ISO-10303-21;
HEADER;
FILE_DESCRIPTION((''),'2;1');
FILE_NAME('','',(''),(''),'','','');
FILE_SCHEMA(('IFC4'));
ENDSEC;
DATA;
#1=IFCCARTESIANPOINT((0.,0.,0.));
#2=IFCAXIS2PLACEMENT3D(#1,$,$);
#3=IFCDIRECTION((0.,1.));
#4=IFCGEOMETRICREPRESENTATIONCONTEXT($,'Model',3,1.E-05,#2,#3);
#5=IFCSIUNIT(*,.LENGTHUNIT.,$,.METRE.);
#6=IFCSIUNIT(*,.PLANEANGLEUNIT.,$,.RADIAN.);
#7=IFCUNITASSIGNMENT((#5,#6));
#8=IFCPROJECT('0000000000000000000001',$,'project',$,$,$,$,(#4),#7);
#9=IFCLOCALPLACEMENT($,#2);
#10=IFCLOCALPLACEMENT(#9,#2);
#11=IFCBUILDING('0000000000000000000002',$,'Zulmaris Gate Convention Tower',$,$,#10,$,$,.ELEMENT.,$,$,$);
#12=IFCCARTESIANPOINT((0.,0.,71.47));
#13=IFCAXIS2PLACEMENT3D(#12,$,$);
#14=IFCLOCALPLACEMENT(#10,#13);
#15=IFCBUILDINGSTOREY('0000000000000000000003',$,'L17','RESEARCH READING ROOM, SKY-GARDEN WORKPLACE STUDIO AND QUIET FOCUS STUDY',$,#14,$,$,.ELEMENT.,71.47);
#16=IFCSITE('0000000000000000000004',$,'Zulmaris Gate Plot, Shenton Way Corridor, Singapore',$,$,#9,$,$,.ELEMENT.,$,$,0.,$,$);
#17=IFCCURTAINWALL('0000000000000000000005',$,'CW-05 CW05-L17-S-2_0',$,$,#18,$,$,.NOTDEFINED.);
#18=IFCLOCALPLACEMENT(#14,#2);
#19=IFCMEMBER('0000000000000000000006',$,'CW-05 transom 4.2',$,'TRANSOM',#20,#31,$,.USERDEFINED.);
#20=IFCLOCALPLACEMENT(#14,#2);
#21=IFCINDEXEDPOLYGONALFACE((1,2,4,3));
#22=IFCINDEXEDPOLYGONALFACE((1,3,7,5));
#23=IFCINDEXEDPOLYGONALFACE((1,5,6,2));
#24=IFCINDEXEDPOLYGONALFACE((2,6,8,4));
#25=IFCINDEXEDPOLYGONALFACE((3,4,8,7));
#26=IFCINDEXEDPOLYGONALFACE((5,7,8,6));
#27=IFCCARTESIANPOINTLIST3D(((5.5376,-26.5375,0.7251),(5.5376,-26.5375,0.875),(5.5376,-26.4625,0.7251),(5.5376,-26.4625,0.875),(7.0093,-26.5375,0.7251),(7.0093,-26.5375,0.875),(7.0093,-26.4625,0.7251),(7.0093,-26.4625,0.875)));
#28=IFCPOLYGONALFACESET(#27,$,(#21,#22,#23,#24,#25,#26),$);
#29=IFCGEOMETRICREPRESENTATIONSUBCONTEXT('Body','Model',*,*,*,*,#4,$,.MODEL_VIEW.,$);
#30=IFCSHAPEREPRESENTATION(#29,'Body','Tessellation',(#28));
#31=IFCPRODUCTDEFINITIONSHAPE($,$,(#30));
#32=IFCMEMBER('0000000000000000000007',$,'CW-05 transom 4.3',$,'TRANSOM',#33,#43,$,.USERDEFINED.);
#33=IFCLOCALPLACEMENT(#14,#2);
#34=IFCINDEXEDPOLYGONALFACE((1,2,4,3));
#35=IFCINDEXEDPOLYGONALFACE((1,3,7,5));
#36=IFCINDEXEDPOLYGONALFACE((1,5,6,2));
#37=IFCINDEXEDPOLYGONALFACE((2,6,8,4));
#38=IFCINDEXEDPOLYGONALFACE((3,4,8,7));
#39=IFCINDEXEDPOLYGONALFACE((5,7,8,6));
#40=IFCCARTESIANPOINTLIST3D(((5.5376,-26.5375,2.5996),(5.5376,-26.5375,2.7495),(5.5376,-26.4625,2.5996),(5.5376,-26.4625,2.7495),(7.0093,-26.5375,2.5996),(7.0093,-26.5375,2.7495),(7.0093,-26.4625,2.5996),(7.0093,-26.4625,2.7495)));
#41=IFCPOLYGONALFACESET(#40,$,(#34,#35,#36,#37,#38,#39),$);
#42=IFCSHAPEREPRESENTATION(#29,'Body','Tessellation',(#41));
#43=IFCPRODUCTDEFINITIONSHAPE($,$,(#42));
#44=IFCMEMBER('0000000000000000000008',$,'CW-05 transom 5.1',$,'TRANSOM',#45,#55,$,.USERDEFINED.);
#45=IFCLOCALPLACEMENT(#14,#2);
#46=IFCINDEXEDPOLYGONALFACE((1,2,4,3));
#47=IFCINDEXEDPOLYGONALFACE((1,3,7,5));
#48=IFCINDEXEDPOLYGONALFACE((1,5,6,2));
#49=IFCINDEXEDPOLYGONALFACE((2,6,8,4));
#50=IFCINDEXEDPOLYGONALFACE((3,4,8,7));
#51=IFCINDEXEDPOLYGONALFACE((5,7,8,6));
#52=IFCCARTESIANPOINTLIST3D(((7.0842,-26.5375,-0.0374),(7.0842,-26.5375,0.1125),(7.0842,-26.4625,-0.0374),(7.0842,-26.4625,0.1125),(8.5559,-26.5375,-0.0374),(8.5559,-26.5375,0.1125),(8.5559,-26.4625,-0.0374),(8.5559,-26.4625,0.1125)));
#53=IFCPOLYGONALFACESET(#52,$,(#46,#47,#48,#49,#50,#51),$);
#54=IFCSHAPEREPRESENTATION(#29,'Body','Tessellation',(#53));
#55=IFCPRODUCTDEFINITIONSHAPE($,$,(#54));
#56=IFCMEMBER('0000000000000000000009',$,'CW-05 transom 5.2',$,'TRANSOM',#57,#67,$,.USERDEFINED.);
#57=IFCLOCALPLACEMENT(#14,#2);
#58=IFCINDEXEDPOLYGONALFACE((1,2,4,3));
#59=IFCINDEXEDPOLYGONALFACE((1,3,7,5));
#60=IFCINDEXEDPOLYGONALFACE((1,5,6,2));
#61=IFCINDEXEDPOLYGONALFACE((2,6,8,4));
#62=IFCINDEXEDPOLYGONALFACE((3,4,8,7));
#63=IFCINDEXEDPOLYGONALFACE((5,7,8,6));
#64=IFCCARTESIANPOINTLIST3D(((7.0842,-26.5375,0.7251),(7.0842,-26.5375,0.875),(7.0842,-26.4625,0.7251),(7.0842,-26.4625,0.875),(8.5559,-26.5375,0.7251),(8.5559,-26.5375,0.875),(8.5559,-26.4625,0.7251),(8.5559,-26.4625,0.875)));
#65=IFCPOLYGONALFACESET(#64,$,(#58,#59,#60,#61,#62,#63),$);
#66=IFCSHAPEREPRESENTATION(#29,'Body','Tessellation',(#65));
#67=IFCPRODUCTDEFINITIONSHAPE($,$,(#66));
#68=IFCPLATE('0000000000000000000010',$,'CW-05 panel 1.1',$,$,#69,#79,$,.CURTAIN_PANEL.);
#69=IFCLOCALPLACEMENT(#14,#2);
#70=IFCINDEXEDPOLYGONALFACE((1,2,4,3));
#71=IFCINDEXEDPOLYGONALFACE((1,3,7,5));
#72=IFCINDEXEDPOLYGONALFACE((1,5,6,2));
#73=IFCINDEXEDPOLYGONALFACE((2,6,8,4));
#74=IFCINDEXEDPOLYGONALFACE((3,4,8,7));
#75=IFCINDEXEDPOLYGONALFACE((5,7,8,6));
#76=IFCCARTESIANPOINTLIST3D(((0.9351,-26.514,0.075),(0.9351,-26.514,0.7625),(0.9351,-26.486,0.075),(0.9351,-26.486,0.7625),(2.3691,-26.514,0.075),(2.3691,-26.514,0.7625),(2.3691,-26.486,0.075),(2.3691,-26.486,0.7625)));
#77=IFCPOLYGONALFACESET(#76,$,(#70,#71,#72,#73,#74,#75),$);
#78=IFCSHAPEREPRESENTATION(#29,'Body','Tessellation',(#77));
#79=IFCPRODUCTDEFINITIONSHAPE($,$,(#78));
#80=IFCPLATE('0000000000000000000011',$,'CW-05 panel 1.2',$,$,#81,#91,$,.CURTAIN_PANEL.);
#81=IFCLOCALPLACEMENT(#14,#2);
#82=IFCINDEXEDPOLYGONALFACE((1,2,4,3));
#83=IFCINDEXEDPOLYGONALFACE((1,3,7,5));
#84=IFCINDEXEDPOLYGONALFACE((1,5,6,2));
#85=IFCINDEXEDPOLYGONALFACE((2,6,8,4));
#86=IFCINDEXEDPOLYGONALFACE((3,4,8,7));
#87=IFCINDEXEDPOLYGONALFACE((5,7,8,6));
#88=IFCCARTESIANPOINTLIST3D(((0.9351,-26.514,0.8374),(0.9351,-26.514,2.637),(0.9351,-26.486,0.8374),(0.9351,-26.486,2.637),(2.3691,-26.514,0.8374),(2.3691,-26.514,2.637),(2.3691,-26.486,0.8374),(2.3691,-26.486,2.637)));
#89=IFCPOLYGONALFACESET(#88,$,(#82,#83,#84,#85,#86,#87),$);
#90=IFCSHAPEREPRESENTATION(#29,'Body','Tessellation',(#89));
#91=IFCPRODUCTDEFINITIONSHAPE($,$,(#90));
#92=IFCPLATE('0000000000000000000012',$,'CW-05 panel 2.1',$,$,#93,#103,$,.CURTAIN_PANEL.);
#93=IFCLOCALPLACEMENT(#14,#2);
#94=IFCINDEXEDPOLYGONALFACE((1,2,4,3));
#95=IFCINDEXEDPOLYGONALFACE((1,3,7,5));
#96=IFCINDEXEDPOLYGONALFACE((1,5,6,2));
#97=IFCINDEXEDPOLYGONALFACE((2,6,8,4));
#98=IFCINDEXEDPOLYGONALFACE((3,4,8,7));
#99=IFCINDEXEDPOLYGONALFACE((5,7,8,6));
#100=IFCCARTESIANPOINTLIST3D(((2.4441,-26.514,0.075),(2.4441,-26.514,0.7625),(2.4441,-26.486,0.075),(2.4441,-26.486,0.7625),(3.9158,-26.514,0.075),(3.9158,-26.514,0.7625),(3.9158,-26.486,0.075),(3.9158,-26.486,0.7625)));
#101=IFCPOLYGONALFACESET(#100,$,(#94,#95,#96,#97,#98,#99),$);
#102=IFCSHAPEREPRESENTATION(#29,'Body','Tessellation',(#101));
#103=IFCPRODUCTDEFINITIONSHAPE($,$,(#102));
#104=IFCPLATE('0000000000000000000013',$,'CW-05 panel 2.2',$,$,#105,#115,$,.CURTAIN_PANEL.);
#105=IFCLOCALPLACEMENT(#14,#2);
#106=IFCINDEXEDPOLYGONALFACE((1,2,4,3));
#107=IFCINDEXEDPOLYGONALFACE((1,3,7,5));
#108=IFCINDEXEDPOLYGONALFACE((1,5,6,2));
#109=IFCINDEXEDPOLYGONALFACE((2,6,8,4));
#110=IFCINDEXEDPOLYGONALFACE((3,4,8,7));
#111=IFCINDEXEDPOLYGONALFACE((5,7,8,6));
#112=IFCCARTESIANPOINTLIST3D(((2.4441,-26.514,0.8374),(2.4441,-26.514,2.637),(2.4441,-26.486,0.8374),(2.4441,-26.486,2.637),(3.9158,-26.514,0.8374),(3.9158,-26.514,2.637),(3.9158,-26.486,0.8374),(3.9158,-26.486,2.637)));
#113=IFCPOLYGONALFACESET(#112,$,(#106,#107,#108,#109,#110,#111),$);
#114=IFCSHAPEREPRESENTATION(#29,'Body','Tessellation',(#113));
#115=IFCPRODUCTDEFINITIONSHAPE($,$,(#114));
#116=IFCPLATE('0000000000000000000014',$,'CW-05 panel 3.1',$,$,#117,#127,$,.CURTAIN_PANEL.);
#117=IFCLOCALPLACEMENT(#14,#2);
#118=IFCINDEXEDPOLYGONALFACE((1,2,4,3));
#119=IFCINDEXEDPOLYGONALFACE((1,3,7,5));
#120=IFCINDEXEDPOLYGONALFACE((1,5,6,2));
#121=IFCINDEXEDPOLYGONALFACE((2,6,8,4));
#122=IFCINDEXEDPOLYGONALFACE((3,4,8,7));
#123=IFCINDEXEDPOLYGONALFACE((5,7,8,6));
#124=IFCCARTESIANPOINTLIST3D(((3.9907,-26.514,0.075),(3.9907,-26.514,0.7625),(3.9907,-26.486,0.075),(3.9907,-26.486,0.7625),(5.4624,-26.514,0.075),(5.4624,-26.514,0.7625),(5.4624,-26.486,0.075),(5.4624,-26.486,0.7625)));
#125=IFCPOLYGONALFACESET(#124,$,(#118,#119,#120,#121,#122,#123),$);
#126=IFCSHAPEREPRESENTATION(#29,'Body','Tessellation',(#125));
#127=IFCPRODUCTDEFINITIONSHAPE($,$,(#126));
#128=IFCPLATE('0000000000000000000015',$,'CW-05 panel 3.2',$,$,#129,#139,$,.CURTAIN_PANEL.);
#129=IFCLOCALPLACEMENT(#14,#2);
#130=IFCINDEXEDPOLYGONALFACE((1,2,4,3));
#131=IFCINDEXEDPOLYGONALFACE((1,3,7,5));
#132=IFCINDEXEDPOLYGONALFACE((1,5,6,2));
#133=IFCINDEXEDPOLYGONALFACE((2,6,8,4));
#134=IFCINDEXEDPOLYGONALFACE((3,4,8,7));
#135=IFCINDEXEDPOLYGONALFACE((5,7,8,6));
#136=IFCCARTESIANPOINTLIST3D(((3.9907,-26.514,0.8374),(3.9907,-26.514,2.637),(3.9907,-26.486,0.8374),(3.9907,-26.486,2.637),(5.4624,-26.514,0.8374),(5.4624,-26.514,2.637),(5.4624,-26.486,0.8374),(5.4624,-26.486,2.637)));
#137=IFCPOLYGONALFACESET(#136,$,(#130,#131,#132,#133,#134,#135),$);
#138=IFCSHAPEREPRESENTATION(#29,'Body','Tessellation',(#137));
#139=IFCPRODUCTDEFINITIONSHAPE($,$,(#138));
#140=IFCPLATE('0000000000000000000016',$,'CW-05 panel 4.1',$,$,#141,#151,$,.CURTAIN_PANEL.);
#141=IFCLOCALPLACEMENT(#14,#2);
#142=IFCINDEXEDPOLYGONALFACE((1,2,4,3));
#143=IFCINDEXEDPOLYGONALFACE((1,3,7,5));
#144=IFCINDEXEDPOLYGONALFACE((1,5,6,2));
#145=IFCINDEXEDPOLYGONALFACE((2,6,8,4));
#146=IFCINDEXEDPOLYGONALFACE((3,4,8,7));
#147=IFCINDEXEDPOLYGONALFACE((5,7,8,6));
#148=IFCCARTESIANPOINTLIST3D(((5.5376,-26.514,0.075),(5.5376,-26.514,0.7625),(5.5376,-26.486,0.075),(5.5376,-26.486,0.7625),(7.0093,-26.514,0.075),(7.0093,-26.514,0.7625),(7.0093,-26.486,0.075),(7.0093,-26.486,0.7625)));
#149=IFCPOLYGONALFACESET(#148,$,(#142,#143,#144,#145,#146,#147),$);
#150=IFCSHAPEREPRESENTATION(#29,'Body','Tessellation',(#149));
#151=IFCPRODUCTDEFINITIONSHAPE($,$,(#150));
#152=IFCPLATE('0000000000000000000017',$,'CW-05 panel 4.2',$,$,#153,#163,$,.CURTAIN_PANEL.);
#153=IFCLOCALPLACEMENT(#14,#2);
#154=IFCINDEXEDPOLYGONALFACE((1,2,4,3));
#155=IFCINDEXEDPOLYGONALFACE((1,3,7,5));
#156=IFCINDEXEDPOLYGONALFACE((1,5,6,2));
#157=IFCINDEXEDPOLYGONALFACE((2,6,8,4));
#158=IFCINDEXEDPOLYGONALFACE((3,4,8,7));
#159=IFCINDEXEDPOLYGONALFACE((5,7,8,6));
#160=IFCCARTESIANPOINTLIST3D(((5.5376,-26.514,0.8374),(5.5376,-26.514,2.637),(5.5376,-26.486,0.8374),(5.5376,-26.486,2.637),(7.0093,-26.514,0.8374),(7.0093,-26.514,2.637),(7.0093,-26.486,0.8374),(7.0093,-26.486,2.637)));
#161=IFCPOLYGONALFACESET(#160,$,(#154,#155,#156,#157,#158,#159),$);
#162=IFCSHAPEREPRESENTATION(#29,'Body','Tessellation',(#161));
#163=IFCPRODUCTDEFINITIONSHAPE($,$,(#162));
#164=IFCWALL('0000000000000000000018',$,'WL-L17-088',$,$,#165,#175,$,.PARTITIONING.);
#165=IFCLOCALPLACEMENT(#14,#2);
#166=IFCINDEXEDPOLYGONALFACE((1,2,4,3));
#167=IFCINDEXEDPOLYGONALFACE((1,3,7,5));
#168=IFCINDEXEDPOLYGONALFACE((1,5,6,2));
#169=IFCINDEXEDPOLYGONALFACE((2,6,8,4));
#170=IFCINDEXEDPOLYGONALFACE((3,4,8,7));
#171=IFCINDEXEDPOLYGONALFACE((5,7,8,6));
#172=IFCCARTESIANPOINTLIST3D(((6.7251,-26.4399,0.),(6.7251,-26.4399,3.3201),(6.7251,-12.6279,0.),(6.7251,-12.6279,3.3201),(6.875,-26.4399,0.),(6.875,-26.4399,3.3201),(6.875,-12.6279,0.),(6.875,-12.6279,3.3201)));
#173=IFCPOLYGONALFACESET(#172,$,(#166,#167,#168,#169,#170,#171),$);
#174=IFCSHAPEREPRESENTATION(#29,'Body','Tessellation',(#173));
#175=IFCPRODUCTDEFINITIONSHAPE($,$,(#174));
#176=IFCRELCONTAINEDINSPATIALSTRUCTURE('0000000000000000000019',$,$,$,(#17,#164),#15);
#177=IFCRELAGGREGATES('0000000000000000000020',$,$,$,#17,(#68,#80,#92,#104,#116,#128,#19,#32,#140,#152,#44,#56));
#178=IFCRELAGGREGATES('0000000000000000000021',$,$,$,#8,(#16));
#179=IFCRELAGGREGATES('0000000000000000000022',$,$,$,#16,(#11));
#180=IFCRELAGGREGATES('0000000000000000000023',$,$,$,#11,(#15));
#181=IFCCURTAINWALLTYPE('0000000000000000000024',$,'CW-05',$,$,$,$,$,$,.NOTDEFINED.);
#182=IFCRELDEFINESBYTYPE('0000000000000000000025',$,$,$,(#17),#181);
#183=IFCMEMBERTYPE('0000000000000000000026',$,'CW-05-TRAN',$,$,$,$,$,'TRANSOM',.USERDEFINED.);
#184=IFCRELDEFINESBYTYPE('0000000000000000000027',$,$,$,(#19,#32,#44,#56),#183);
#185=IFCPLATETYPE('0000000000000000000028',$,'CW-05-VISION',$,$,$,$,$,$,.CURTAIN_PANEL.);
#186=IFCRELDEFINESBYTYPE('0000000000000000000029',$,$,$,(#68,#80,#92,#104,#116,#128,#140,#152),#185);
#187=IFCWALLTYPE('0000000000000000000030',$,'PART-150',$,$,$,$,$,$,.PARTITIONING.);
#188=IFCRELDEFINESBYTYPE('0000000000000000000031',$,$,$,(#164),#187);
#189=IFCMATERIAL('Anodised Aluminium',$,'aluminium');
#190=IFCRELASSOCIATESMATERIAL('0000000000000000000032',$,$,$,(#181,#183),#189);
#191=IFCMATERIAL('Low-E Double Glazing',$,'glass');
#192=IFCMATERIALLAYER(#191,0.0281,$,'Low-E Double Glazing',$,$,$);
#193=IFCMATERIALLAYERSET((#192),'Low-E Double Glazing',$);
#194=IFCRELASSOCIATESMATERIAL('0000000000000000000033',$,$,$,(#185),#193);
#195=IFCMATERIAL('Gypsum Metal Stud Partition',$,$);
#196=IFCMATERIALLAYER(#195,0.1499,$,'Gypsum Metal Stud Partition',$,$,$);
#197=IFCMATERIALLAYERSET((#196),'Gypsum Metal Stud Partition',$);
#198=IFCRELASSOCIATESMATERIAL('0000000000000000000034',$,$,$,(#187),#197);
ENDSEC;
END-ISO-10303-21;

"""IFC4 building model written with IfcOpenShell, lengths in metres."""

from ifc_helpers import new_model, si_unit, direction, frame, frame_2d, origin, origin_2d, place, context, subcontext, project, spatial, rectangle, extrude, material, layer, layer_set, material_profile, profile_set, type_object, element, aggregate, save


model = new_model("IFC4")

# Units and contexts
model_context = context("Model", 3, precision=1e-05, world=origin(), true_north=direction((0.0, 1.0)))
body_context = subcontext(model_context, "Body", "Model", "MODEL_VIEW")
ifc_project = project(units=[si_unit("LENGTHUNIT", "METRE"), si_unit("PLANEANGLEUNIT", "RADIAN")], contexts=[model_context])

# Site, building, storey
site_placement = place(None, origin())
site = spatial("IfcSite", under=ifc_project, at=site_placement, Name="Zulmaris Gate Plot, Shenton Way Corridor, Singapore", CompositionType="ELEMENT", RefElevation=0.0)
building_placement = place(site_placement, origin())
building = spatial("IfcBuilding", under=site, at=building_placement, Name="Zulmaris Gate Convention Tower", CompositionType="ELEMENT")
storey_placement = place(building_placement, frame((0.0, 0.0, 71.47)))
storey = spatial("IfcBuildingStorey", under=building, at=storey_placement, Name="L17", Description="RESEARCH READING ROOM, SKY-GARDEN WORKPLACE STUDIO AND QUIET FOCUS STUDY", CompositionType="ELEMENT", Elevation=71.47)

# Curtain wall, members, plates
ifc_material_1 = material(Name="Anodised Aluminium", Category="aluminium")
curtain_wall_type = type_object("IfcCurtainWallType", Name="CW-05", PredefinedType="NOTDEFINED", material=ifc_material_1)
curtain_wall_placement = place(storey_placement, origin())
curtain_wall = element("IfcCurtainWall", 1, at=curtain_wall_placement, inside=storey, type_object=curtain_wall_type, Name="CW-05 CW05-L17-S-2_0", PredefinedType="NOTDEFINED")
ifc_material_profile_1 = material_profile(ifc_material_1, rectangle(XDim=0.075, YDim=0.1499, at=origin_2d()), Name="ALU TRANSOM 75x150")
ifc_profile_set_1 = profile_set([ifc_material_profile_1], Name="Anodised Aluminium")
member_type_1 = type_object("IfcMemberType", Name="CW-05-TRAN", ElementType="TRANSOM", PredefinedType="USERDEFINED", material=ifc_profile_set_1)
member_1_placement = place(storey_placement, frame((5.5376, -26.5, 0.8), z_axis=(1.0, 0.0, 0.0), x_axis=(0.0, 1.0, 0.0)))
member_1 = element("IfcMember", 2, at=member_1_placement, type_object=member_type_1, Name="CW-05 transom 4.2", ObjectType="TRANSOM", PredefinedType="USERDEFINED", context=body_context, shape_type="SweptSolid", body=[
    extrude(rectangle(XDim=0.075, YDim=0.1499, at=origin_2d()), origin(), (0.0, 0.0, 1.0), 1.4717),
])
member_2_placement = place(storey_placement, frame((5.5376, -26.5, 2.6746), z_axis=(1.0, 0.0, 0.0), x_axis=(0.0, 1.0, 0.0)))
member_2 = element("IfcMember", 3, at=member_2_placement, type_object=member_type_1, Name="CW-05 transom 4.3", ObjectType="TRANSOM", PredefinedType="USERDEFINED", context=body_context, shape_type="SweptSolid", body=[
    extrude(rectangle(XDim=0.075, YDim=0.1499, at=origin_2d()), origin(), (0.0, 0.0, 1.0), 1.4717),
])
member_3_placement = place(storey_placement, frame((7.0842, -26.5, 0.0376), z_axis=(1.0, 0.0, 0.0), x_axis=(0.0, 1.0, 0.0)))
member_3 = element("IfcMember", 4, at=member_3_placement, type_object=member_type_1, Name="CW-05 transom 5.1", ObjectType="TRANSOM", PredefinedType="USERDEFINED", context=body_context, shape_type="SweptSolid", body=[
    extrude(rectangle(XDim=0.075, YDim=0.1499, at=origin_2d()), origin(), (0.0, 0.0, 1.0), 1.4717),
])
member_4_placement = place(storey_placement, frame((7.0842, -26.5, 0.8), z_axis=(1.0, 0.0, 0.0), x_axis=(0.0, 1.0, 0.0)))
member_4 = element("IfcMember", 5, at=member_4_placement, type_object=member_type_1, Name="CW-05 transom 5.2", ObjectType="TRANSOM", PredefinedType="USERDEFINED", context=body_context, shape_type="SweptSolid", body=[
    extrude(rectangle(XDim=0.075, YDim=0.1499, at=origin_2d()), origin(), (0.0, 0.0, 1.0), 1.4717),
])
ifc_material_2 = material(Name="Low-E Double Glazing", Category="glass")
ifc_layer_1 = layer(ifc_material_2, 0.0281, Name="Low-E Double Glazing")
ifc_layer_set_1 = layer_set([ifc_layer_1], Name="Low-E Double Glazing")
plate_type = type_object("IfcPlateType", Name="CW-05-VISION", PredefinedType="CURTAIN_PANEL", material=ifc_layer_set_1)
plate_1_placement = place(storey_placement, frame((1.6521, -26.5, 0.075), z_axis=(0.0, 0.0, 1.0), x_axis=(1.0, 0.0, 0.0)))
plate_1 = element("IfcPlate", 6, at=plate_1_placement, type_object=plate_type, Name="CW-05 panel 1.1", PredefinedType="CURTAIN_PANEL", context=body_context, shape_type="SweptSolid", body=[
    extrude(rectangle(XDim=1.4341, YDim=0.0281, at=origin_2d()), origin(), (0.0, 0.0, 1.0), 0.6875),
])
plate_2_placement = place(storey_placement, frame((1.6521, -26.5, 0.8374), z_axis=(0.0, 0.0, 1.0), x_axis=(1.0, 0.0, 0.0)))
plate_2 = element("IfcPlate", 7, at=plate_2_placement, type_object=plate_type, Name="CW-05 panel 1.2", PredefinedType="CURTAIN_PANEL", context=body_context, shape_type="SweptSolid", body=[
    extrude(rectangle(XDim=1.4341, YDim=0.0281, at=origin_2d()), origin(), (0.0, 0.0, 1.0), 1.7996),
])
plate_3_placement = place(storey_placement, frame((3.1799, -26.5, 0.075), z_axis=(0.0, 0.0, 1.0), x_axis=(1.0, 0.0, 0.0)))
plate_3 = element("IfcPlate", 8, at=plate_3_placement, type_object=plate_type, Name="CW-05 panel 2.1", PredefinedType="CURTAIN_PANEL", context=body_context, shape_type="SweptSolid", body=[
    extrude(rectangle(XDim=1.4717, YDim=0.0281, at=origin_2d()), origin(), (0.0, 0.0, 1.0), 0.6875),
])
plate_4_placement = place(storey_placement, frame((3.1799, -26.5, 0.8374), z_axis=(0.0, 0.0, 1.0), x_axis=(1.0, 0.0, 0.0)))
plate_4 = element("IfcPlate", 9, at=plate_4_placement, type_object=plate_type, Name="CW-05 panel 2.2", PredefinedType="CURTAIN_PANEL", context=body_context, shape_type="SweptSolid", body=[
    extrude(rectangle(XDim=1.4717, YDim=0.0281, at=origin_2d()), origin(), (0.0, 0.0, 1.0), 1.7996),
])
plate_5_placement = place(storey_placement, frame((4.7266, -26.5, 0.075), z_axis=(0.0, 0.0, 1.0), x_axis=(1.0, 0.0, 0.0)))
plate_5 = element("IfcPlate", 10, at=plate_5_placement, type_object=plate_type, Name="CW-05 panel 3.1", PredefinedType="CURTAIN_PANEL", context=body_context, shape_type="SweptSolid", body=[
    extrude(rectangle(XDim=1.4717, YDim=0.0281, at=origin_2d()), origin(), (0.0, 0.0, 1.0), 0.6875),
])
plate_6_placement = place(storey_placement, frame((4.7266, -26.5, 0.8374), z_axis=(0.0, 0.0, 1.0), x_axis=(1.0, 0.0, 0.0)))
plate_6 = element("IfcPlate", 11, at=plate_6_placement, type_object=plate_type, Name="CW-05 panel 3.2", PredefinedType="CURTAIN_PANEL", context=body_context, shape_type="SweptSolid", body=[
    extrude(rectangle(XDim=1.4717, YDim=0.0281, at=origin_2d()), origin(), (0.0, 0.0, 1.0), 1.7996),
])
plate_7_placement = place(storey_placement, frame((6.2734, -26.5, 0.075), z_axis=(0.0, 0.0, 1.0), x_axis=(1.0, 0.0, 0.0)))
plate_7 = element("IfcPlate", 12, at=plate_7_placement, type_object=plate_type, Name="CW-05 panel 4.1", PredefinedType="CURTAIN_PANEL", context=body_context, shape_type="SweptSolid", body=[
    extrude(rectangle(XDim=1.4717, YDim=0.0281, at=origin_2d()), origin(), (0.0, 0.0, 1.0), 0.6875),
])
plate_8_placement = place(storey_placement, frame((6.2734, -26.5, 0.8374), z_axis=(0.0, 0.0, 1.0), x_axis=(1.0, 0.0, 0.0)))
plate_8 = element("IfcPlate", 13, at=plate_8_placement, type_object=plate_type, Name="CW-05 panel 4.2", PredefinedType="CURTAIN_PANEL", context=body_context, shape_type="SweptSolid", body=[
    extrude(rectangle(XDim=1.4717, YDim=0.0281, at=origin_2d()), origin(), (0.0, 0.0, 1.0), 1.7996),
])
aggregate(curtain_wall, [plate_1, plate_2, plate_3, plate_4, plate_5, plate_6, member_1, member_2, plate_7, plate_8, member_3, member_4])

# Wall
ifc_material_3 = material(Name="Gypsum Metal Stud Partition")
ifc_layer_2 = layer(ifc_material_3, 0.1499, Name="Gypsum Metal Stud Partition")
ifc_layer_set_2 = layer_set([ifc_layer_2], Name="Gypsum Metal Stud Partition")
wall_type = type_object("IfcWallType", Name="PART-150", PredefinedType="PARTITIONING", material=ifc_layer_set_2)
wall_placement = place(storey_placement, frame((6.8, -26.4399, 0.0), z_axis=(0.0, 0.0, 1.0), x_axis=(0.0, 1.0, 0.0)))
element("IfcWall", 14, at=wall_placement, inside=storey, type_object=wall_type, Name="WL-L17-088", PredefinedType="PARTITIONING", context=body_context, shape_type="SweptSolid", body=[
    extrude(rectangle(XDim=13.812, YDim=0.1499, at=frame_2d((6.906, 0.0))), origin(), (0.0, 0.0, 1.0), 3.3201),
])

save(model, "model.ifc")
